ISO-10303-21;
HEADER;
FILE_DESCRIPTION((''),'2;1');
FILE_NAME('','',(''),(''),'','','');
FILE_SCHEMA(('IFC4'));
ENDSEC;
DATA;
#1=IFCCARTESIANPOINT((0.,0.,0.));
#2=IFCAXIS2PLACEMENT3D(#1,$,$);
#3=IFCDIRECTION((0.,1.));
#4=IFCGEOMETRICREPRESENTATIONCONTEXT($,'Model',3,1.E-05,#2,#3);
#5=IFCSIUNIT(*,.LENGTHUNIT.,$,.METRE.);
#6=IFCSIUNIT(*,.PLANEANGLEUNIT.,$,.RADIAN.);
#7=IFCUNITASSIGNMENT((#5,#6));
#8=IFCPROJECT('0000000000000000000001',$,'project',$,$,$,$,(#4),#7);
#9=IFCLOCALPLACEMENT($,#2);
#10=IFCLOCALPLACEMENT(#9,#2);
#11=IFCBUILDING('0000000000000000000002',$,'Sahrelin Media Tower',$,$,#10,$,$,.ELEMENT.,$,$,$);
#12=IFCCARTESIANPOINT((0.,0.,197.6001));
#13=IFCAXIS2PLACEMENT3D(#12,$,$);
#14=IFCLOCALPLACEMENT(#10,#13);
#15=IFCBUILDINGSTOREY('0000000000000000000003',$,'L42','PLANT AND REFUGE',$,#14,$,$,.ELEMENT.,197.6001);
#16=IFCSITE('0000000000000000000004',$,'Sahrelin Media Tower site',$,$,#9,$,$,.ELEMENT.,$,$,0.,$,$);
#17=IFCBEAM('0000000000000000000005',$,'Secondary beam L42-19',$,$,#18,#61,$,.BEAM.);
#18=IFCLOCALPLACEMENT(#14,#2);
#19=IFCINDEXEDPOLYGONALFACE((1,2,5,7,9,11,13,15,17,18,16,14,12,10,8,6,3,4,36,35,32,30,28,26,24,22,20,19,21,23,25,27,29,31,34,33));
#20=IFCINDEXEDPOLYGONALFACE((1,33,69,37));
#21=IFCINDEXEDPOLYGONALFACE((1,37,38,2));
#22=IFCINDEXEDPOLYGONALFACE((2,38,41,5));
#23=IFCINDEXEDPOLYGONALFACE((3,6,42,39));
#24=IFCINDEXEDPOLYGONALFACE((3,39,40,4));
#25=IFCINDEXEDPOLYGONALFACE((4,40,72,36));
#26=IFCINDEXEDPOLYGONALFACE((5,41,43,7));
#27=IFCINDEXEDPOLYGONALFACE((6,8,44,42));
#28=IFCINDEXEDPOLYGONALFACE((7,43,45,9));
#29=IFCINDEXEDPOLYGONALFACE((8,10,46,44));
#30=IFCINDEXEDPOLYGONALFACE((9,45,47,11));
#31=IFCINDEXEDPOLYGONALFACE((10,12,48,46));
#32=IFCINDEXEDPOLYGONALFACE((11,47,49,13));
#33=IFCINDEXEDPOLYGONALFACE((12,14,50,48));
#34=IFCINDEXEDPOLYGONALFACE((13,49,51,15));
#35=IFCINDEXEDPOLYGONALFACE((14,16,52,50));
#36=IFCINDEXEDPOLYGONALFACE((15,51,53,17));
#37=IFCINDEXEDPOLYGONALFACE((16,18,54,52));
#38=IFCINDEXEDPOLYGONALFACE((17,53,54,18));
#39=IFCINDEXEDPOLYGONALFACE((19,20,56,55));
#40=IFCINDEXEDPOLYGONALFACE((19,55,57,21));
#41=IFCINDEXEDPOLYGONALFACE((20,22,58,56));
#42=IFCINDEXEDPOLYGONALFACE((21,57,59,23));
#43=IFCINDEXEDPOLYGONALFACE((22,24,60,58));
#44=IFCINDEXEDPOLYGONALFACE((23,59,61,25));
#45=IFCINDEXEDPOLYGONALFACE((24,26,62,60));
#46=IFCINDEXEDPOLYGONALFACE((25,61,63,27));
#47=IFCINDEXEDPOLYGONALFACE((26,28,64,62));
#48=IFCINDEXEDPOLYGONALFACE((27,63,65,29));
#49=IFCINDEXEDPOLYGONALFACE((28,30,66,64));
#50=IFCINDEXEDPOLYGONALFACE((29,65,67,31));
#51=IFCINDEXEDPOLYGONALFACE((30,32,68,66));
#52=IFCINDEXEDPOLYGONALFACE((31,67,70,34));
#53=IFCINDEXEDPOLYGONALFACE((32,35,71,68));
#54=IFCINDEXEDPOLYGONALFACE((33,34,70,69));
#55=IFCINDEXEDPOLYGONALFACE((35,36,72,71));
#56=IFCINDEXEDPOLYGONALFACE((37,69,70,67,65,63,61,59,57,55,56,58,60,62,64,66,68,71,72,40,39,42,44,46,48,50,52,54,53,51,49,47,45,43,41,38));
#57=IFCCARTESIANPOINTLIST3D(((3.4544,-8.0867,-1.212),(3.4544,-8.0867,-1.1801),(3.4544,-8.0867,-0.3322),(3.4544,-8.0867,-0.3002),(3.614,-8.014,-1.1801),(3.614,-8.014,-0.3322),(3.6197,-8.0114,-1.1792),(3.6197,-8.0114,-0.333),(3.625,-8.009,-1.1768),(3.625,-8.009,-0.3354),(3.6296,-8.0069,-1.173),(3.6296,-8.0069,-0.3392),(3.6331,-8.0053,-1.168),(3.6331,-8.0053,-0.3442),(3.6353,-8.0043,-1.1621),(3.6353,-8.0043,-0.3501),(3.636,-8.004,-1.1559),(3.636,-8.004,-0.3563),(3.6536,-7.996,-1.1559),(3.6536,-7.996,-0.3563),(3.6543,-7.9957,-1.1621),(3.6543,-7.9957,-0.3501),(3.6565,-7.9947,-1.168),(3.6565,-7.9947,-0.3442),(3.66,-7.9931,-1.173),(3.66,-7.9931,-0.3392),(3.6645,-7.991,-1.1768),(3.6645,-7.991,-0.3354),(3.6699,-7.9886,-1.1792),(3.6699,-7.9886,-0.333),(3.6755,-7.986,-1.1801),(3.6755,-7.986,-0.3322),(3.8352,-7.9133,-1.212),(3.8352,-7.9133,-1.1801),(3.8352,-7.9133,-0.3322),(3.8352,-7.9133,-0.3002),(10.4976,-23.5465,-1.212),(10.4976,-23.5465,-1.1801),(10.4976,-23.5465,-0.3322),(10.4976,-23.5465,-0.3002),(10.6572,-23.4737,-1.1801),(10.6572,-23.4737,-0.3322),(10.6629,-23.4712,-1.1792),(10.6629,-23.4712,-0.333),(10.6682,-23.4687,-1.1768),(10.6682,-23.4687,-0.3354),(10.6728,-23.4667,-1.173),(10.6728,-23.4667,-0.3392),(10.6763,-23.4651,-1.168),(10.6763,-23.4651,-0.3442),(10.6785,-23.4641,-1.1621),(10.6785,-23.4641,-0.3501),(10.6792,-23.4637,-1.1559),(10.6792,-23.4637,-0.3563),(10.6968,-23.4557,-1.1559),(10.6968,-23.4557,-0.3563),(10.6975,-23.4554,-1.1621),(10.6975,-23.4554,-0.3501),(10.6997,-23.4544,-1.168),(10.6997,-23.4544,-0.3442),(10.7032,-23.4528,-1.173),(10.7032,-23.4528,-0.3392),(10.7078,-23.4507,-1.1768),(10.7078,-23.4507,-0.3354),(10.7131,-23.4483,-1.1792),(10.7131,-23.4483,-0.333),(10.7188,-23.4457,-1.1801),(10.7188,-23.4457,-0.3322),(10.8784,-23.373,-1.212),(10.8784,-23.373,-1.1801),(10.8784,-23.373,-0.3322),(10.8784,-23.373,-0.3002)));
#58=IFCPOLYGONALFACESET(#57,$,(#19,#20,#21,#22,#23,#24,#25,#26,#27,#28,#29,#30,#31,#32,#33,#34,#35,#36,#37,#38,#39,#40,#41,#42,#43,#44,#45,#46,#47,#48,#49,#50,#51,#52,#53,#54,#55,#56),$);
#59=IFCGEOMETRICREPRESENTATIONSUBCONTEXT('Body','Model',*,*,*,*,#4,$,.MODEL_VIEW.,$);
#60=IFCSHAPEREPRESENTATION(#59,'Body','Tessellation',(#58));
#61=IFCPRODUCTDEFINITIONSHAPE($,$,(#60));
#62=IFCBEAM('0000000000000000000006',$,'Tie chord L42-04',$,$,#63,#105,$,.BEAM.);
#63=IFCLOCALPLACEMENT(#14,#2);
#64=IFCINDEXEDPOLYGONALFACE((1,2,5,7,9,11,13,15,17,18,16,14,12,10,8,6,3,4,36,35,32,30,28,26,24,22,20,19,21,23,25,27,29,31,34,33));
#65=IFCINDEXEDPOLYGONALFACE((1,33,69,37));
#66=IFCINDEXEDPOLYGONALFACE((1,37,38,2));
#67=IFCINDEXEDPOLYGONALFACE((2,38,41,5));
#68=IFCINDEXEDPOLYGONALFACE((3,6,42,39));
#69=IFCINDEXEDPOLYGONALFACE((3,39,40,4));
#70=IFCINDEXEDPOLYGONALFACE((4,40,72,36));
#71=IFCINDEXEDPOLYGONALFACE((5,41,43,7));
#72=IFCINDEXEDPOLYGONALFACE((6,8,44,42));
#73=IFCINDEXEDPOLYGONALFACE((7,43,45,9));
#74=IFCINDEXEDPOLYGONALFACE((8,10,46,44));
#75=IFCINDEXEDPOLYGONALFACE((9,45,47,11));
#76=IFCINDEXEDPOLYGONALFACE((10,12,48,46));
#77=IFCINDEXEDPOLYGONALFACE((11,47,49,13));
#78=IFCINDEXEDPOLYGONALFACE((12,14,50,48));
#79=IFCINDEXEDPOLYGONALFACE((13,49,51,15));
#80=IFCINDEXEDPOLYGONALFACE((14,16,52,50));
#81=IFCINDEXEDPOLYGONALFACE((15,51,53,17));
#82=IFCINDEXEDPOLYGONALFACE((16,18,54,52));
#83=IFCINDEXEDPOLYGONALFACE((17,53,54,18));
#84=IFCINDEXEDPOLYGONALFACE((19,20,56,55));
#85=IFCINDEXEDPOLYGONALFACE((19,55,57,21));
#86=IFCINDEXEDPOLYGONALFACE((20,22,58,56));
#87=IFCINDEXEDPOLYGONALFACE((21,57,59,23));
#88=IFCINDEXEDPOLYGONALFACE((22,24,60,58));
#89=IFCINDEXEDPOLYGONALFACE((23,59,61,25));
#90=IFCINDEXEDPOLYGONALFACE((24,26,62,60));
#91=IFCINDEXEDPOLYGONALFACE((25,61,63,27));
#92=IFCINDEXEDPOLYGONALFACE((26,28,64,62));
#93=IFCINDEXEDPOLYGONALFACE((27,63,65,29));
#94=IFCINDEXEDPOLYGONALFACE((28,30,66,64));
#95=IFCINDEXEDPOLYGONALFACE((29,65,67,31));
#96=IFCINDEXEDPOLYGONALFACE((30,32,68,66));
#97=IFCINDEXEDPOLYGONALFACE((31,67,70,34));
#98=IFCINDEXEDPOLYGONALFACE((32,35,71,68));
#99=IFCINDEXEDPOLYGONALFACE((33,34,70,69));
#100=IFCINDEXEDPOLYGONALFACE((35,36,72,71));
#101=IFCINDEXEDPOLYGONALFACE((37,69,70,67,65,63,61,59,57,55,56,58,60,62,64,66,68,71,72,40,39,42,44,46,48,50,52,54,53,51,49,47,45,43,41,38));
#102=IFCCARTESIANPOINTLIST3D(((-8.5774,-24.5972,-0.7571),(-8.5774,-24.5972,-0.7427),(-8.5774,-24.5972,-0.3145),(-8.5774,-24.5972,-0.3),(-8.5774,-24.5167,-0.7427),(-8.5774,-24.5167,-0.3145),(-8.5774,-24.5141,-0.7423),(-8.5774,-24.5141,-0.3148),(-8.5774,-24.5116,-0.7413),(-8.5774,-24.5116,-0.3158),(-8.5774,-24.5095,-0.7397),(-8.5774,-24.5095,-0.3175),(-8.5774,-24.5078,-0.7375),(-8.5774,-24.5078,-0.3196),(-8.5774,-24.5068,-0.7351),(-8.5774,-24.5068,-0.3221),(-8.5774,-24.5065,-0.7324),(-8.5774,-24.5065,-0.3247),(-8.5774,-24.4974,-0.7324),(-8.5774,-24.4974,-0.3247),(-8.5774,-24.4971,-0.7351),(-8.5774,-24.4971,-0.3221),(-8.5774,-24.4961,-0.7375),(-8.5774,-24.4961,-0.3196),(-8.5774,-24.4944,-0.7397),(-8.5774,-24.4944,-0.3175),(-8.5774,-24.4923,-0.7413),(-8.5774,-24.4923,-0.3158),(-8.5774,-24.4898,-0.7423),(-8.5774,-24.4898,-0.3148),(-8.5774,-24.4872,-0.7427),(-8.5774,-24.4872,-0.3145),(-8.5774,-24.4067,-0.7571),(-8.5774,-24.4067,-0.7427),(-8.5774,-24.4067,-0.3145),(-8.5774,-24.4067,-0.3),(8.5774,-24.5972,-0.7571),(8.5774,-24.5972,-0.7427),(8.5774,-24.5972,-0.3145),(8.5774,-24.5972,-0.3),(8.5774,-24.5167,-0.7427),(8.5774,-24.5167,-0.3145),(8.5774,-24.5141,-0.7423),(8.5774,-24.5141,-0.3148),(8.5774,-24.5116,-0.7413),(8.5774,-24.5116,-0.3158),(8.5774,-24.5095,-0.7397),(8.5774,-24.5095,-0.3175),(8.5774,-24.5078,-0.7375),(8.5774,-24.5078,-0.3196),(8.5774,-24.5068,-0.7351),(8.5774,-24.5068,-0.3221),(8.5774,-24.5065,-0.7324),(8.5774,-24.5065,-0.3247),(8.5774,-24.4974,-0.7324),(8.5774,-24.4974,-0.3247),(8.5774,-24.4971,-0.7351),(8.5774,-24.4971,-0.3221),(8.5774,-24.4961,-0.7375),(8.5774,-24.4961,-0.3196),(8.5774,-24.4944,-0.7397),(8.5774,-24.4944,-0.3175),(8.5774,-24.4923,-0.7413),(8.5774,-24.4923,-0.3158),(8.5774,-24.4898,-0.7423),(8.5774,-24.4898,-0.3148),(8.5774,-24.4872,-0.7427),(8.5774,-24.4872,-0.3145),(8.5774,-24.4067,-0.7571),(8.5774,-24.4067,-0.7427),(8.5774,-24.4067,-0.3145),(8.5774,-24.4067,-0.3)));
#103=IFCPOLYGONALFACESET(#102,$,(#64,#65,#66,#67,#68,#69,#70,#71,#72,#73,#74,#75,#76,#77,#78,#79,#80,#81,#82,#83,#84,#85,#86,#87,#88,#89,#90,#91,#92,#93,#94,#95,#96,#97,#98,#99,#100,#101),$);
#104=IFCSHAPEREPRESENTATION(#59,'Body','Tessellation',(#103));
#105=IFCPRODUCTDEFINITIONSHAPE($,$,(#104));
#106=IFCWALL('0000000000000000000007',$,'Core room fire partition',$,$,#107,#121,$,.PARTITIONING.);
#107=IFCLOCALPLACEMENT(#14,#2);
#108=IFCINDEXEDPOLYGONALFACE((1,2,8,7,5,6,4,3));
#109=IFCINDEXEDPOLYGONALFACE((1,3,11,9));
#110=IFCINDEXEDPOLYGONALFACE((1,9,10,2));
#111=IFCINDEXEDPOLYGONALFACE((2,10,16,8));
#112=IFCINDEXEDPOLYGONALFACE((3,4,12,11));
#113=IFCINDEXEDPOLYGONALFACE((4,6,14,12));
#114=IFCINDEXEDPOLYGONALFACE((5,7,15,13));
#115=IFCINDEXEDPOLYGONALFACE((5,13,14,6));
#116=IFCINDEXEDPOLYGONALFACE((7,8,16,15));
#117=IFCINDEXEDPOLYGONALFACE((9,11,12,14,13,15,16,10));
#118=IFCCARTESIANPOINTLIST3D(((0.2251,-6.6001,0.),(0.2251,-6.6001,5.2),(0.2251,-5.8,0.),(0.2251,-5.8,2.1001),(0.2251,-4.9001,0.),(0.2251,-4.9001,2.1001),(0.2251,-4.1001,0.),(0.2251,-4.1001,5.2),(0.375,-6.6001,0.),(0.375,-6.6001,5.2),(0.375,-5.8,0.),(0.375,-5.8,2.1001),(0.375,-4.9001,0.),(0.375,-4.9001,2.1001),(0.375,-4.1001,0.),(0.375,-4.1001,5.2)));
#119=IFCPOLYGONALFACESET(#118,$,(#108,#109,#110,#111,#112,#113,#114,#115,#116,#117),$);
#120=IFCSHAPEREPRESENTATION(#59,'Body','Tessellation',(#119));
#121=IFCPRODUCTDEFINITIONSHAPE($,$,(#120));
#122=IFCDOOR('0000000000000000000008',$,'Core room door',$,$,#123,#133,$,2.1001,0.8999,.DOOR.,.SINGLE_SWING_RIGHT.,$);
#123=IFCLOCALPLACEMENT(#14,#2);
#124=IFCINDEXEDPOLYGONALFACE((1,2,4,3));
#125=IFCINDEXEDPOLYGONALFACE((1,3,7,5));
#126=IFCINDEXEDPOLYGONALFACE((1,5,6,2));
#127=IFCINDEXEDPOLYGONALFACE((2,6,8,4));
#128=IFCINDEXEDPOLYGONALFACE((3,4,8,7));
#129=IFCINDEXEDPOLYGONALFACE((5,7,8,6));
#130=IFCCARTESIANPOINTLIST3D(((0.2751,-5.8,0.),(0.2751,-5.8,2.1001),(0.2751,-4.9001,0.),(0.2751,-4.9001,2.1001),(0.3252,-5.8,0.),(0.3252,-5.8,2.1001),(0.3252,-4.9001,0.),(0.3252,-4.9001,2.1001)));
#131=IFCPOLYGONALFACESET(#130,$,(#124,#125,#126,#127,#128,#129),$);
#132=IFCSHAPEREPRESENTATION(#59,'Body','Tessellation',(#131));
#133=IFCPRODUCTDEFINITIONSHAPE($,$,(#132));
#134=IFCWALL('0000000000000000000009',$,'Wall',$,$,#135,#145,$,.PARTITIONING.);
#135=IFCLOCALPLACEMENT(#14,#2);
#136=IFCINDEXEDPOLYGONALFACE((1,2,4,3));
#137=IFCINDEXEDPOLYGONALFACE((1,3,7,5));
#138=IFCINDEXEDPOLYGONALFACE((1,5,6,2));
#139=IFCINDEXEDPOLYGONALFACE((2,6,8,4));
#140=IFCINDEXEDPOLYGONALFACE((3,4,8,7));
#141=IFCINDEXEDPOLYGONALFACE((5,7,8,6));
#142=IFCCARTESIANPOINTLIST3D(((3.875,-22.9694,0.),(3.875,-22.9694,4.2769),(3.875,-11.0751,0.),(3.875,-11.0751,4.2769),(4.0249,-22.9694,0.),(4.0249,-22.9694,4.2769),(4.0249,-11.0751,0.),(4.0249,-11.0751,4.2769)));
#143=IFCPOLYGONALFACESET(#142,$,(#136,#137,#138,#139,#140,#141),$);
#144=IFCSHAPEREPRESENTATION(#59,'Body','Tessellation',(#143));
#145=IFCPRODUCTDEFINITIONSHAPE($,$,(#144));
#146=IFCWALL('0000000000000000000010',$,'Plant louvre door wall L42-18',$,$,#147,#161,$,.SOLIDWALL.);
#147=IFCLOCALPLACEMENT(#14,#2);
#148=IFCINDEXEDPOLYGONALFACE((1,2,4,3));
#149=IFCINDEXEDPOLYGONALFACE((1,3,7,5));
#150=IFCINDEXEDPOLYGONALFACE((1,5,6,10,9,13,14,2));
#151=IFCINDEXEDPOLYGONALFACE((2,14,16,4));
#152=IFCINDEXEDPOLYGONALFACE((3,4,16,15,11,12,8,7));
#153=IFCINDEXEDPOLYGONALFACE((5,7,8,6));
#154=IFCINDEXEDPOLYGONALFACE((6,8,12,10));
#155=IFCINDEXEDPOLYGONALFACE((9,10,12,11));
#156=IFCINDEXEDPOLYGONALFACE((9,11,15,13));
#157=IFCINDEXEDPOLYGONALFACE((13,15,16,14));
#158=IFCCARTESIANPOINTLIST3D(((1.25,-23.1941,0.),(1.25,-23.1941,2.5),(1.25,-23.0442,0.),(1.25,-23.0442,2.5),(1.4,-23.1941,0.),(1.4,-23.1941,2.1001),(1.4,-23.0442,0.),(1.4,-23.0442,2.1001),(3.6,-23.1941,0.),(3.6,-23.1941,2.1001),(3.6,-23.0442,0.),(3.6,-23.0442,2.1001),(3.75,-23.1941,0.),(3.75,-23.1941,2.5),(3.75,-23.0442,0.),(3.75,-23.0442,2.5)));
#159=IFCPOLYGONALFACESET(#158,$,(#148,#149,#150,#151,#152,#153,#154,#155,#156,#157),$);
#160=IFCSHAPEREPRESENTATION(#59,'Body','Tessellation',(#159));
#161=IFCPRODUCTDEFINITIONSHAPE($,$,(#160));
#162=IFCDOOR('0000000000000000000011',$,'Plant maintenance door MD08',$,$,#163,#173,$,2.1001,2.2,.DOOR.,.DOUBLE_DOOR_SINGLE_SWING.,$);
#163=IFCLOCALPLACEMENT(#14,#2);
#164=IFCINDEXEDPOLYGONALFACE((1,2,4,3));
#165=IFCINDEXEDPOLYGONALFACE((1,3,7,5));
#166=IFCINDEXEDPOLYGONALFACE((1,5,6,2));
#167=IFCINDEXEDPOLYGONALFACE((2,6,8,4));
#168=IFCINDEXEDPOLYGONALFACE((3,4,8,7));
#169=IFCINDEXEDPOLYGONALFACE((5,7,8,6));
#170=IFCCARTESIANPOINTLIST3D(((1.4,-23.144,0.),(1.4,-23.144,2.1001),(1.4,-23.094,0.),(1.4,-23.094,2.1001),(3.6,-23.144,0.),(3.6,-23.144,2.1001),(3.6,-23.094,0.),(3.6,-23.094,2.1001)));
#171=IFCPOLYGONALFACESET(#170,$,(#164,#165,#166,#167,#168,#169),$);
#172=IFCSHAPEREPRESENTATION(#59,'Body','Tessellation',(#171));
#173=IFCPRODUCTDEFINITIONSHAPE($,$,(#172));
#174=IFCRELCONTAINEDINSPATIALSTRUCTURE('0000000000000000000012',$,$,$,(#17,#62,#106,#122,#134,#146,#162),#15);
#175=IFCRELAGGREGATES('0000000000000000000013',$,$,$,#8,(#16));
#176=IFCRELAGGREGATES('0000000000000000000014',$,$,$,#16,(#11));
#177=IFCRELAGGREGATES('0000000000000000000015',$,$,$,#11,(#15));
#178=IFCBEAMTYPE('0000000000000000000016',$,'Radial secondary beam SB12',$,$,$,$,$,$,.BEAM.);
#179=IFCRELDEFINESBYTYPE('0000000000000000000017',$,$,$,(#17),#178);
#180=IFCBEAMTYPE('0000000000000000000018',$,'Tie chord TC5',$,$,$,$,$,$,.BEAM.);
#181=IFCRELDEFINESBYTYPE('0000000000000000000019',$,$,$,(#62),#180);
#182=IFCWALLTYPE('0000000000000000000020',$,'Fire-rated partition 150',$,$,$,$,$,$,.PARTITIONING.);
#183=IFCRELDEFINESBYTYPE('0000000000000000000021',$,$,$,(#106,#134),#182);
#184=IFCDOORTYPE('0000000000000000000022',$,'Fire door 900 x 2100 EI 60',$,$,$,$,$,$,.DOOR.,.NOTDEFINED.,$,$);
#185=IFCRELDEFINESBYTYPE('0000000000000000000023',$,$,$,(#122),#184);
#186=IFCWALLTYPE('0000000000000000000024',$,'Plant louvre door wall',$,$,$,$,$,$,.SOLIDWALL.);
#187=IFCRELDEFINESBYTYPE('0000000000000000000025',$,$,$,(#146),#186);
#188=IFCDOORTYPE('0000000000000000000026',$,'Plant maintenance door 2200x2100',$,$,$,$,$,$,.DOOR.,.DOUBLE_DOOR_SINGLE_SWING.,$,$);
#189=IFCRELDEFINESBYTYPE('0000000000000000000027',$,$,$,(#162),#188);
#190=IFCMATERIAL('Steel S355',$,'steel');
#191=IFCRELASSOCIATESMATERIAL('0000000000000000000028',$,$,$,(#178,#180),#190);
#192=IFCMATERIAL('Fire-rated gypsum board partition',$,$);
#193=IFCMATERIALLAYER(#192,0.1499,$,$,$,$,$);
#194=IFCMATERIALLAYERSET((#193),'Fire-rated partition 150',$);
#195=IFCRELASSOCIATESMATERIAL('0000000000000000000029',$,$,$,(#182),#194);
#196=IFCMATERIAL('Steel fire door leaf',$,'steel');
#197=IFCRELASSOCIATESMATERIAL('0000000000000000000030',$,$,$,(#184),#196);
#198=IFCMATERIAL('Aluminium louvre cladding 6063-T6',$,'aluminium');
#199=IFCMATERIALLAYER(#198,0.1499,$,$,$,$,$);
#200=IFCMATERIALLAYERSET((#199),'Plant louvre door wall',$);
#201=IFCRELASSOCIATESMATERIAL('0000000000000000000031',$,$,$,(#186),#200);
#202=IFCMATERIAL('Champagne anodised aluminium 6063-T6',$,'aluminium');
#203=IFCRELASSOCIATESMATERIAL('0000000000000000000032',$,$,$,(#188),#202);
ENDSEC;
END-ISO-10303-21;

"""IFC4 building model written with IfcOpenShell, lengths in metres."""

from ifc_helpers import new_model, si_unit, direction, frame, frame_2d, origin, origin_2d, place, context, subcontext, project, spatial, rectangle, i_section, extrude, material, layer, layer_set, material_profile, profile_set, type_object, element, fill, save


model = new_model("IFC4")

# Units and contexts
model_context = context("Model", 3, precision=1e-05, world=origin(), true_north=direction((0.0, 1.0)))
body_context = subcontext(model_context, "Body", "Model", "MODEL_VIEW")
ifc_project = project(units=[si_unit("LENGTHUNIT", "METRE"), si_unit("PLANEANGLEUNIT", "RADIAN")], contexts=[model_context])

# Site, building, storey
site_placement = place(None, origin())
site = spatial("IfcSite", under=ifc_project, at=site_placement, Name="Sahrelin Media Tower site", CompositionType="ELEMENT", RefElevation=0.0)
building_placement = place(site_placement, origin())
building = spatial("IfcBuilding", under=site, at=building_placement, Name="Sahrelin Media Tower", CompositionType="ELEMENT")
storey_placement = place(building_placement, frame((0.0, 0.0, 197.6001)))
storey = spatial("IfcBuildingStorey", under=building, at=storey_placement, Name="L42", Description="PLANT AND REFUGE", CompositionType="ELEMENT", Elevation=197.6001)

# Beams
ifc_material_1 = material(Name="Steel S355", Category="steel")
ifc_material_profile_1 = material_profile(ifc_material_1, i_section(OverallWidth=0.4185, OverallDepth=0.9119, WebThickness=0.0193, FlangeThickness=0.032, FilletRadius=0.0242, at=origin_2d()), Name="UB 914x419x343")
ifc_profile_set_1 = profile_set([ifc_material_profile_1], Name="Steel S355")
beam_type_1 = type_object("IfcBeamType", Name="Radial secondary beam SB12", PredefinedType="BEAM", material=ifc_profile_set_1)
beam_1_placement = place(storey_placement, frame((3.6448, -8.0, -0.7561), z_axis=(0.414587, -0.91001, 0.0), x_axis=(0.91001, 0.414587, 0.0)))
element("IfcBeam", 1, at=beam_1_placement, inside=storey, type_object=beam_type_1, Name="Secondary beam L42-19", PredefinedType="BEAM", context=body_context, shape_type="SweptSolid", body=[
    extrude(i_section(OverallWidth=0.4185, OverallDepth=0.9119, WebThickness=0.0193, FlangeThickness=0.032, FilletRadius=0.0242, at=origin_2d()), origin(), (0.0, 0.0, 1.0), 16.9885),
])
ifc_material_profile_2 = material_profile(ifc_material_1, i_section(OverallWidth=0.1904, OverallDepth=0.457, WebThickness=0.009, FlangeThickness=0.0144, FilletRadius=0.0103, at=origin_2d()), Name="UB 457x191x74")
ifc_profile_set_2 = profile_set([ifc_material_profile_2], Name="Steel S355")
beam_type_2 = type_object("IfcBeamType", Name="Tie chord TC5", PredefinedType="BEAM", material=ifc_profile_set_2)
beam_2_placement = place(storey_placement, frame((8.5774, -24.502, -0.5286), z_axis=(-1.0, 0.0, 0.0), x_axis=(0.0, -1.0, 0.0)))
element("IfcBeam", 2, at=beam_2_placement, inside=storey, type_object=beam_type_2, Name="Tie chord L42-04", PredefinedType="BEAM", context=body_context, shape_type="SweptSolid", body=[
    extrude(i_section(OverallWidth=0.1904, OverallDepth=0.457, WebThickness=0.009, FlangeThickness=0.0144, FilletRadius=0.0103, at=origin_2d()), origin(), (0.0, 0.0, 1.0), 17.1548),
])

# Wall, opening, door
ifc_material_2 = material(Name="Fire-rated gypsum board partition")
ifc_layer_1 = layer(ifc_material_2, 0.1499)
ifc_layer_set_1 = layer_set([ifc_layer_1], Name="Fire-rated partition 150")
wall_type_1 = type_object("IfcWallType", Name="Fire-rated partition 150", PredefinedType="PARTITIONING", material=ifc_layer_set_1)
wall_1_placement = place(storey_placement, frame((0.3, -6.6001, 0.0), z_axis=(0.0, 0.0, 1.0), x_axis=(0.0, 1.0, 0.0)))
wall_1 = element("IfcWall", 3, at=wall_1_placement, inside=storey, type_object=wall_type_1, Name="Core room fire partition", PredefinedType="PARTITIONING", context=body_context, shape_type="SweptSolid", body=[
    extrude(rectangle(XDim=2.5, YDim=0.1499, at=frame_2d((1.25, 0.0))), origin(), (0.0, 0.0, 1.0), 5.2),
])
opening_1_placement = place(wall_1_placement, frame((0.8, 0.0, 0.0)))
opening_1 = element("IfcOpeningElement", 4, at=opening_1_placement, cuts=wall_1, PredefinedType="OPENING", context=body_context, shape_type="SweptSolid", body=[
    extrude(rectangle(XDim=0.8999, YDim=2.1001, at=frame_2d((0.45, 1.05))), frame((0.0, 0.075, 0.0), z_axis=(0.0, -1.0, 0.0), x_axis=(1.0, 0.0, 0.0)), (0.0, 0.0, 1.0), 0.1499),
])
ifc_material_3 = material(Name="Steel fire door leaf", Category="steel")
door_type_1 = type_object("IfcDoorType", Name="Fire door 900 x 2100 EI 60", OperationType="NOTDEFINED", PredefinedType="DOOR", material=ifc_material_3)
door_1_placement = place(opening_1_placement, origin())
door_1 = element("IfcDoor", 5, at=door_1_placement, inside=storey, type_object=door_type_1, Name="Core room door", OperationType="SINGLE_SWING_RIGHT", OverallHeight=2.1001, OverallWidth=0.8999, PredefinedType="DOOR", context=body_context, shape_type="SweptSolid", body=[
    extrude(rectangle(XDim=0.8999, YDim=2.1001, at=frame_2d((0.45, 1.05))), frame((0.0, 0.0249, 0.0), z_axis=(0.0, -1.0, 0.0), x_axis=(1.0, 0.0, 0.0)), (0.0, 0.0, 1.0), 0.05),
])
fill(opening_1, door_1)

# Wall
wall_2_placement = place(storey_placement, frame((3.95, -11.075, 0.0), z_axis=(0.0, 0.0, 1.0), x_axis=(0.0, -1.0, 0.0)))
element("IfcWall", 6, at=wall_2_placement, inside=storey, type_object=wall_type_1, Name="Wall", PredefinedType="PARTITIONING", context=body_context, shape_type="SweptSolid", body=[
    extrude(rectangle(XDim=11.8943, YDim=0.1499, at=frame_2d((5.9473, 0.0))), origin(), (0.0, 0.0, 1.0), 4.2769),
])

# Wall, opening, door
ifc_material_4 = material(Name="Aluminium louvre cladding 6063-T6", Category="aluminium")
ifc_layer_2 = layer(ifc_material_4, 0.1499)
ifc_layer_set_2 = layer_set([ifc_layer_2], Name="Plant louvre door wall")
wall_type_2 = type_object("IfcWallType", Name="Plant louvre door wall", PredefinedType="SOLIDWALL", material=ifc_layer_set_2)
wall_3_placement = place(storey_placement, frame((3.75, -23.1191, 0.0), z_axis=(0.0, 0.0, 1.0), x_axis=(-1.0, 0.0, 0.0)))
wall_3 = element("IfcWall", 7, at=wall_3_placement, inside=storey, type_object=wall_type_2, Name="Plant louvre door wall L42-18", PredefinedType="SOLIDWALL", context=body_context, shape_type="SweptSolid", body=[
    extrude(rectangle(XDim=2.5, YDim=0.1499, at=frame_2d((1.25, 0.0))), origin(), (0.0, 0.0, 1.0), 2.5),
])
opening_2_placement = place(wall_3_placement, frame((0.1499, 0.0, 0.0)))
opening_2 = element("IfcOpeningElement", 8, at=opening_2_placement, cuts=wall_3, PredefinedType="OPENING", context=body_context, shape_type="SweptSolid", body=[
    extrude(rectangle(XDim=2.2, YDim=2.1001, at=frame_2d((1.1001, 1.05))), frame((0.0, 0.075, 0.0), z_axis=(0.0, -1.0, 0.0), x_axis=(1.0, 0.0, 0.0)), (0.0, 0.0, 1.0), 0.1499),
])
ifc_material_5 = material(Name="Champagne anodised aluminium 6063-T6", Category="aluminium")
door_type_2 = type_object("IfcDoorType", Name="Plant maintenance door 2200x2100", OperationType="DOUBLE_DOOR_SINGLE_SWING", PredefinedType="DOOR", material=ifc_material_5)
door_2_placement = place(opening_2_placement, origin())
door_2 = element("IfcDoor", 9, at=door_2_placement, inside=storey, type_object=door_type_2, Name="Plant maintenance door MD08", OperationType="DOUBLE_DOOR_SINGLE_SWING", OverallHeight=2.1001, OverallWidth=2.2, PredefinedType="DOOR", context=body_context, shape_type="SweptSolid", body=[
    extrude(rectangle(XDim=2.2, YDim=2.1001, at=frame_2d((1.1001, 1.05))), frame((0.0, 0.0249, 0.0), z_axis=(0.0, -1.0, 0.0), x_axis=(1.0, 0.0, 0.0)), (0.0, 0.0, 1.0), 0.05),
])
fill(opening_2, door_2)

save(model, "model.ifc")
